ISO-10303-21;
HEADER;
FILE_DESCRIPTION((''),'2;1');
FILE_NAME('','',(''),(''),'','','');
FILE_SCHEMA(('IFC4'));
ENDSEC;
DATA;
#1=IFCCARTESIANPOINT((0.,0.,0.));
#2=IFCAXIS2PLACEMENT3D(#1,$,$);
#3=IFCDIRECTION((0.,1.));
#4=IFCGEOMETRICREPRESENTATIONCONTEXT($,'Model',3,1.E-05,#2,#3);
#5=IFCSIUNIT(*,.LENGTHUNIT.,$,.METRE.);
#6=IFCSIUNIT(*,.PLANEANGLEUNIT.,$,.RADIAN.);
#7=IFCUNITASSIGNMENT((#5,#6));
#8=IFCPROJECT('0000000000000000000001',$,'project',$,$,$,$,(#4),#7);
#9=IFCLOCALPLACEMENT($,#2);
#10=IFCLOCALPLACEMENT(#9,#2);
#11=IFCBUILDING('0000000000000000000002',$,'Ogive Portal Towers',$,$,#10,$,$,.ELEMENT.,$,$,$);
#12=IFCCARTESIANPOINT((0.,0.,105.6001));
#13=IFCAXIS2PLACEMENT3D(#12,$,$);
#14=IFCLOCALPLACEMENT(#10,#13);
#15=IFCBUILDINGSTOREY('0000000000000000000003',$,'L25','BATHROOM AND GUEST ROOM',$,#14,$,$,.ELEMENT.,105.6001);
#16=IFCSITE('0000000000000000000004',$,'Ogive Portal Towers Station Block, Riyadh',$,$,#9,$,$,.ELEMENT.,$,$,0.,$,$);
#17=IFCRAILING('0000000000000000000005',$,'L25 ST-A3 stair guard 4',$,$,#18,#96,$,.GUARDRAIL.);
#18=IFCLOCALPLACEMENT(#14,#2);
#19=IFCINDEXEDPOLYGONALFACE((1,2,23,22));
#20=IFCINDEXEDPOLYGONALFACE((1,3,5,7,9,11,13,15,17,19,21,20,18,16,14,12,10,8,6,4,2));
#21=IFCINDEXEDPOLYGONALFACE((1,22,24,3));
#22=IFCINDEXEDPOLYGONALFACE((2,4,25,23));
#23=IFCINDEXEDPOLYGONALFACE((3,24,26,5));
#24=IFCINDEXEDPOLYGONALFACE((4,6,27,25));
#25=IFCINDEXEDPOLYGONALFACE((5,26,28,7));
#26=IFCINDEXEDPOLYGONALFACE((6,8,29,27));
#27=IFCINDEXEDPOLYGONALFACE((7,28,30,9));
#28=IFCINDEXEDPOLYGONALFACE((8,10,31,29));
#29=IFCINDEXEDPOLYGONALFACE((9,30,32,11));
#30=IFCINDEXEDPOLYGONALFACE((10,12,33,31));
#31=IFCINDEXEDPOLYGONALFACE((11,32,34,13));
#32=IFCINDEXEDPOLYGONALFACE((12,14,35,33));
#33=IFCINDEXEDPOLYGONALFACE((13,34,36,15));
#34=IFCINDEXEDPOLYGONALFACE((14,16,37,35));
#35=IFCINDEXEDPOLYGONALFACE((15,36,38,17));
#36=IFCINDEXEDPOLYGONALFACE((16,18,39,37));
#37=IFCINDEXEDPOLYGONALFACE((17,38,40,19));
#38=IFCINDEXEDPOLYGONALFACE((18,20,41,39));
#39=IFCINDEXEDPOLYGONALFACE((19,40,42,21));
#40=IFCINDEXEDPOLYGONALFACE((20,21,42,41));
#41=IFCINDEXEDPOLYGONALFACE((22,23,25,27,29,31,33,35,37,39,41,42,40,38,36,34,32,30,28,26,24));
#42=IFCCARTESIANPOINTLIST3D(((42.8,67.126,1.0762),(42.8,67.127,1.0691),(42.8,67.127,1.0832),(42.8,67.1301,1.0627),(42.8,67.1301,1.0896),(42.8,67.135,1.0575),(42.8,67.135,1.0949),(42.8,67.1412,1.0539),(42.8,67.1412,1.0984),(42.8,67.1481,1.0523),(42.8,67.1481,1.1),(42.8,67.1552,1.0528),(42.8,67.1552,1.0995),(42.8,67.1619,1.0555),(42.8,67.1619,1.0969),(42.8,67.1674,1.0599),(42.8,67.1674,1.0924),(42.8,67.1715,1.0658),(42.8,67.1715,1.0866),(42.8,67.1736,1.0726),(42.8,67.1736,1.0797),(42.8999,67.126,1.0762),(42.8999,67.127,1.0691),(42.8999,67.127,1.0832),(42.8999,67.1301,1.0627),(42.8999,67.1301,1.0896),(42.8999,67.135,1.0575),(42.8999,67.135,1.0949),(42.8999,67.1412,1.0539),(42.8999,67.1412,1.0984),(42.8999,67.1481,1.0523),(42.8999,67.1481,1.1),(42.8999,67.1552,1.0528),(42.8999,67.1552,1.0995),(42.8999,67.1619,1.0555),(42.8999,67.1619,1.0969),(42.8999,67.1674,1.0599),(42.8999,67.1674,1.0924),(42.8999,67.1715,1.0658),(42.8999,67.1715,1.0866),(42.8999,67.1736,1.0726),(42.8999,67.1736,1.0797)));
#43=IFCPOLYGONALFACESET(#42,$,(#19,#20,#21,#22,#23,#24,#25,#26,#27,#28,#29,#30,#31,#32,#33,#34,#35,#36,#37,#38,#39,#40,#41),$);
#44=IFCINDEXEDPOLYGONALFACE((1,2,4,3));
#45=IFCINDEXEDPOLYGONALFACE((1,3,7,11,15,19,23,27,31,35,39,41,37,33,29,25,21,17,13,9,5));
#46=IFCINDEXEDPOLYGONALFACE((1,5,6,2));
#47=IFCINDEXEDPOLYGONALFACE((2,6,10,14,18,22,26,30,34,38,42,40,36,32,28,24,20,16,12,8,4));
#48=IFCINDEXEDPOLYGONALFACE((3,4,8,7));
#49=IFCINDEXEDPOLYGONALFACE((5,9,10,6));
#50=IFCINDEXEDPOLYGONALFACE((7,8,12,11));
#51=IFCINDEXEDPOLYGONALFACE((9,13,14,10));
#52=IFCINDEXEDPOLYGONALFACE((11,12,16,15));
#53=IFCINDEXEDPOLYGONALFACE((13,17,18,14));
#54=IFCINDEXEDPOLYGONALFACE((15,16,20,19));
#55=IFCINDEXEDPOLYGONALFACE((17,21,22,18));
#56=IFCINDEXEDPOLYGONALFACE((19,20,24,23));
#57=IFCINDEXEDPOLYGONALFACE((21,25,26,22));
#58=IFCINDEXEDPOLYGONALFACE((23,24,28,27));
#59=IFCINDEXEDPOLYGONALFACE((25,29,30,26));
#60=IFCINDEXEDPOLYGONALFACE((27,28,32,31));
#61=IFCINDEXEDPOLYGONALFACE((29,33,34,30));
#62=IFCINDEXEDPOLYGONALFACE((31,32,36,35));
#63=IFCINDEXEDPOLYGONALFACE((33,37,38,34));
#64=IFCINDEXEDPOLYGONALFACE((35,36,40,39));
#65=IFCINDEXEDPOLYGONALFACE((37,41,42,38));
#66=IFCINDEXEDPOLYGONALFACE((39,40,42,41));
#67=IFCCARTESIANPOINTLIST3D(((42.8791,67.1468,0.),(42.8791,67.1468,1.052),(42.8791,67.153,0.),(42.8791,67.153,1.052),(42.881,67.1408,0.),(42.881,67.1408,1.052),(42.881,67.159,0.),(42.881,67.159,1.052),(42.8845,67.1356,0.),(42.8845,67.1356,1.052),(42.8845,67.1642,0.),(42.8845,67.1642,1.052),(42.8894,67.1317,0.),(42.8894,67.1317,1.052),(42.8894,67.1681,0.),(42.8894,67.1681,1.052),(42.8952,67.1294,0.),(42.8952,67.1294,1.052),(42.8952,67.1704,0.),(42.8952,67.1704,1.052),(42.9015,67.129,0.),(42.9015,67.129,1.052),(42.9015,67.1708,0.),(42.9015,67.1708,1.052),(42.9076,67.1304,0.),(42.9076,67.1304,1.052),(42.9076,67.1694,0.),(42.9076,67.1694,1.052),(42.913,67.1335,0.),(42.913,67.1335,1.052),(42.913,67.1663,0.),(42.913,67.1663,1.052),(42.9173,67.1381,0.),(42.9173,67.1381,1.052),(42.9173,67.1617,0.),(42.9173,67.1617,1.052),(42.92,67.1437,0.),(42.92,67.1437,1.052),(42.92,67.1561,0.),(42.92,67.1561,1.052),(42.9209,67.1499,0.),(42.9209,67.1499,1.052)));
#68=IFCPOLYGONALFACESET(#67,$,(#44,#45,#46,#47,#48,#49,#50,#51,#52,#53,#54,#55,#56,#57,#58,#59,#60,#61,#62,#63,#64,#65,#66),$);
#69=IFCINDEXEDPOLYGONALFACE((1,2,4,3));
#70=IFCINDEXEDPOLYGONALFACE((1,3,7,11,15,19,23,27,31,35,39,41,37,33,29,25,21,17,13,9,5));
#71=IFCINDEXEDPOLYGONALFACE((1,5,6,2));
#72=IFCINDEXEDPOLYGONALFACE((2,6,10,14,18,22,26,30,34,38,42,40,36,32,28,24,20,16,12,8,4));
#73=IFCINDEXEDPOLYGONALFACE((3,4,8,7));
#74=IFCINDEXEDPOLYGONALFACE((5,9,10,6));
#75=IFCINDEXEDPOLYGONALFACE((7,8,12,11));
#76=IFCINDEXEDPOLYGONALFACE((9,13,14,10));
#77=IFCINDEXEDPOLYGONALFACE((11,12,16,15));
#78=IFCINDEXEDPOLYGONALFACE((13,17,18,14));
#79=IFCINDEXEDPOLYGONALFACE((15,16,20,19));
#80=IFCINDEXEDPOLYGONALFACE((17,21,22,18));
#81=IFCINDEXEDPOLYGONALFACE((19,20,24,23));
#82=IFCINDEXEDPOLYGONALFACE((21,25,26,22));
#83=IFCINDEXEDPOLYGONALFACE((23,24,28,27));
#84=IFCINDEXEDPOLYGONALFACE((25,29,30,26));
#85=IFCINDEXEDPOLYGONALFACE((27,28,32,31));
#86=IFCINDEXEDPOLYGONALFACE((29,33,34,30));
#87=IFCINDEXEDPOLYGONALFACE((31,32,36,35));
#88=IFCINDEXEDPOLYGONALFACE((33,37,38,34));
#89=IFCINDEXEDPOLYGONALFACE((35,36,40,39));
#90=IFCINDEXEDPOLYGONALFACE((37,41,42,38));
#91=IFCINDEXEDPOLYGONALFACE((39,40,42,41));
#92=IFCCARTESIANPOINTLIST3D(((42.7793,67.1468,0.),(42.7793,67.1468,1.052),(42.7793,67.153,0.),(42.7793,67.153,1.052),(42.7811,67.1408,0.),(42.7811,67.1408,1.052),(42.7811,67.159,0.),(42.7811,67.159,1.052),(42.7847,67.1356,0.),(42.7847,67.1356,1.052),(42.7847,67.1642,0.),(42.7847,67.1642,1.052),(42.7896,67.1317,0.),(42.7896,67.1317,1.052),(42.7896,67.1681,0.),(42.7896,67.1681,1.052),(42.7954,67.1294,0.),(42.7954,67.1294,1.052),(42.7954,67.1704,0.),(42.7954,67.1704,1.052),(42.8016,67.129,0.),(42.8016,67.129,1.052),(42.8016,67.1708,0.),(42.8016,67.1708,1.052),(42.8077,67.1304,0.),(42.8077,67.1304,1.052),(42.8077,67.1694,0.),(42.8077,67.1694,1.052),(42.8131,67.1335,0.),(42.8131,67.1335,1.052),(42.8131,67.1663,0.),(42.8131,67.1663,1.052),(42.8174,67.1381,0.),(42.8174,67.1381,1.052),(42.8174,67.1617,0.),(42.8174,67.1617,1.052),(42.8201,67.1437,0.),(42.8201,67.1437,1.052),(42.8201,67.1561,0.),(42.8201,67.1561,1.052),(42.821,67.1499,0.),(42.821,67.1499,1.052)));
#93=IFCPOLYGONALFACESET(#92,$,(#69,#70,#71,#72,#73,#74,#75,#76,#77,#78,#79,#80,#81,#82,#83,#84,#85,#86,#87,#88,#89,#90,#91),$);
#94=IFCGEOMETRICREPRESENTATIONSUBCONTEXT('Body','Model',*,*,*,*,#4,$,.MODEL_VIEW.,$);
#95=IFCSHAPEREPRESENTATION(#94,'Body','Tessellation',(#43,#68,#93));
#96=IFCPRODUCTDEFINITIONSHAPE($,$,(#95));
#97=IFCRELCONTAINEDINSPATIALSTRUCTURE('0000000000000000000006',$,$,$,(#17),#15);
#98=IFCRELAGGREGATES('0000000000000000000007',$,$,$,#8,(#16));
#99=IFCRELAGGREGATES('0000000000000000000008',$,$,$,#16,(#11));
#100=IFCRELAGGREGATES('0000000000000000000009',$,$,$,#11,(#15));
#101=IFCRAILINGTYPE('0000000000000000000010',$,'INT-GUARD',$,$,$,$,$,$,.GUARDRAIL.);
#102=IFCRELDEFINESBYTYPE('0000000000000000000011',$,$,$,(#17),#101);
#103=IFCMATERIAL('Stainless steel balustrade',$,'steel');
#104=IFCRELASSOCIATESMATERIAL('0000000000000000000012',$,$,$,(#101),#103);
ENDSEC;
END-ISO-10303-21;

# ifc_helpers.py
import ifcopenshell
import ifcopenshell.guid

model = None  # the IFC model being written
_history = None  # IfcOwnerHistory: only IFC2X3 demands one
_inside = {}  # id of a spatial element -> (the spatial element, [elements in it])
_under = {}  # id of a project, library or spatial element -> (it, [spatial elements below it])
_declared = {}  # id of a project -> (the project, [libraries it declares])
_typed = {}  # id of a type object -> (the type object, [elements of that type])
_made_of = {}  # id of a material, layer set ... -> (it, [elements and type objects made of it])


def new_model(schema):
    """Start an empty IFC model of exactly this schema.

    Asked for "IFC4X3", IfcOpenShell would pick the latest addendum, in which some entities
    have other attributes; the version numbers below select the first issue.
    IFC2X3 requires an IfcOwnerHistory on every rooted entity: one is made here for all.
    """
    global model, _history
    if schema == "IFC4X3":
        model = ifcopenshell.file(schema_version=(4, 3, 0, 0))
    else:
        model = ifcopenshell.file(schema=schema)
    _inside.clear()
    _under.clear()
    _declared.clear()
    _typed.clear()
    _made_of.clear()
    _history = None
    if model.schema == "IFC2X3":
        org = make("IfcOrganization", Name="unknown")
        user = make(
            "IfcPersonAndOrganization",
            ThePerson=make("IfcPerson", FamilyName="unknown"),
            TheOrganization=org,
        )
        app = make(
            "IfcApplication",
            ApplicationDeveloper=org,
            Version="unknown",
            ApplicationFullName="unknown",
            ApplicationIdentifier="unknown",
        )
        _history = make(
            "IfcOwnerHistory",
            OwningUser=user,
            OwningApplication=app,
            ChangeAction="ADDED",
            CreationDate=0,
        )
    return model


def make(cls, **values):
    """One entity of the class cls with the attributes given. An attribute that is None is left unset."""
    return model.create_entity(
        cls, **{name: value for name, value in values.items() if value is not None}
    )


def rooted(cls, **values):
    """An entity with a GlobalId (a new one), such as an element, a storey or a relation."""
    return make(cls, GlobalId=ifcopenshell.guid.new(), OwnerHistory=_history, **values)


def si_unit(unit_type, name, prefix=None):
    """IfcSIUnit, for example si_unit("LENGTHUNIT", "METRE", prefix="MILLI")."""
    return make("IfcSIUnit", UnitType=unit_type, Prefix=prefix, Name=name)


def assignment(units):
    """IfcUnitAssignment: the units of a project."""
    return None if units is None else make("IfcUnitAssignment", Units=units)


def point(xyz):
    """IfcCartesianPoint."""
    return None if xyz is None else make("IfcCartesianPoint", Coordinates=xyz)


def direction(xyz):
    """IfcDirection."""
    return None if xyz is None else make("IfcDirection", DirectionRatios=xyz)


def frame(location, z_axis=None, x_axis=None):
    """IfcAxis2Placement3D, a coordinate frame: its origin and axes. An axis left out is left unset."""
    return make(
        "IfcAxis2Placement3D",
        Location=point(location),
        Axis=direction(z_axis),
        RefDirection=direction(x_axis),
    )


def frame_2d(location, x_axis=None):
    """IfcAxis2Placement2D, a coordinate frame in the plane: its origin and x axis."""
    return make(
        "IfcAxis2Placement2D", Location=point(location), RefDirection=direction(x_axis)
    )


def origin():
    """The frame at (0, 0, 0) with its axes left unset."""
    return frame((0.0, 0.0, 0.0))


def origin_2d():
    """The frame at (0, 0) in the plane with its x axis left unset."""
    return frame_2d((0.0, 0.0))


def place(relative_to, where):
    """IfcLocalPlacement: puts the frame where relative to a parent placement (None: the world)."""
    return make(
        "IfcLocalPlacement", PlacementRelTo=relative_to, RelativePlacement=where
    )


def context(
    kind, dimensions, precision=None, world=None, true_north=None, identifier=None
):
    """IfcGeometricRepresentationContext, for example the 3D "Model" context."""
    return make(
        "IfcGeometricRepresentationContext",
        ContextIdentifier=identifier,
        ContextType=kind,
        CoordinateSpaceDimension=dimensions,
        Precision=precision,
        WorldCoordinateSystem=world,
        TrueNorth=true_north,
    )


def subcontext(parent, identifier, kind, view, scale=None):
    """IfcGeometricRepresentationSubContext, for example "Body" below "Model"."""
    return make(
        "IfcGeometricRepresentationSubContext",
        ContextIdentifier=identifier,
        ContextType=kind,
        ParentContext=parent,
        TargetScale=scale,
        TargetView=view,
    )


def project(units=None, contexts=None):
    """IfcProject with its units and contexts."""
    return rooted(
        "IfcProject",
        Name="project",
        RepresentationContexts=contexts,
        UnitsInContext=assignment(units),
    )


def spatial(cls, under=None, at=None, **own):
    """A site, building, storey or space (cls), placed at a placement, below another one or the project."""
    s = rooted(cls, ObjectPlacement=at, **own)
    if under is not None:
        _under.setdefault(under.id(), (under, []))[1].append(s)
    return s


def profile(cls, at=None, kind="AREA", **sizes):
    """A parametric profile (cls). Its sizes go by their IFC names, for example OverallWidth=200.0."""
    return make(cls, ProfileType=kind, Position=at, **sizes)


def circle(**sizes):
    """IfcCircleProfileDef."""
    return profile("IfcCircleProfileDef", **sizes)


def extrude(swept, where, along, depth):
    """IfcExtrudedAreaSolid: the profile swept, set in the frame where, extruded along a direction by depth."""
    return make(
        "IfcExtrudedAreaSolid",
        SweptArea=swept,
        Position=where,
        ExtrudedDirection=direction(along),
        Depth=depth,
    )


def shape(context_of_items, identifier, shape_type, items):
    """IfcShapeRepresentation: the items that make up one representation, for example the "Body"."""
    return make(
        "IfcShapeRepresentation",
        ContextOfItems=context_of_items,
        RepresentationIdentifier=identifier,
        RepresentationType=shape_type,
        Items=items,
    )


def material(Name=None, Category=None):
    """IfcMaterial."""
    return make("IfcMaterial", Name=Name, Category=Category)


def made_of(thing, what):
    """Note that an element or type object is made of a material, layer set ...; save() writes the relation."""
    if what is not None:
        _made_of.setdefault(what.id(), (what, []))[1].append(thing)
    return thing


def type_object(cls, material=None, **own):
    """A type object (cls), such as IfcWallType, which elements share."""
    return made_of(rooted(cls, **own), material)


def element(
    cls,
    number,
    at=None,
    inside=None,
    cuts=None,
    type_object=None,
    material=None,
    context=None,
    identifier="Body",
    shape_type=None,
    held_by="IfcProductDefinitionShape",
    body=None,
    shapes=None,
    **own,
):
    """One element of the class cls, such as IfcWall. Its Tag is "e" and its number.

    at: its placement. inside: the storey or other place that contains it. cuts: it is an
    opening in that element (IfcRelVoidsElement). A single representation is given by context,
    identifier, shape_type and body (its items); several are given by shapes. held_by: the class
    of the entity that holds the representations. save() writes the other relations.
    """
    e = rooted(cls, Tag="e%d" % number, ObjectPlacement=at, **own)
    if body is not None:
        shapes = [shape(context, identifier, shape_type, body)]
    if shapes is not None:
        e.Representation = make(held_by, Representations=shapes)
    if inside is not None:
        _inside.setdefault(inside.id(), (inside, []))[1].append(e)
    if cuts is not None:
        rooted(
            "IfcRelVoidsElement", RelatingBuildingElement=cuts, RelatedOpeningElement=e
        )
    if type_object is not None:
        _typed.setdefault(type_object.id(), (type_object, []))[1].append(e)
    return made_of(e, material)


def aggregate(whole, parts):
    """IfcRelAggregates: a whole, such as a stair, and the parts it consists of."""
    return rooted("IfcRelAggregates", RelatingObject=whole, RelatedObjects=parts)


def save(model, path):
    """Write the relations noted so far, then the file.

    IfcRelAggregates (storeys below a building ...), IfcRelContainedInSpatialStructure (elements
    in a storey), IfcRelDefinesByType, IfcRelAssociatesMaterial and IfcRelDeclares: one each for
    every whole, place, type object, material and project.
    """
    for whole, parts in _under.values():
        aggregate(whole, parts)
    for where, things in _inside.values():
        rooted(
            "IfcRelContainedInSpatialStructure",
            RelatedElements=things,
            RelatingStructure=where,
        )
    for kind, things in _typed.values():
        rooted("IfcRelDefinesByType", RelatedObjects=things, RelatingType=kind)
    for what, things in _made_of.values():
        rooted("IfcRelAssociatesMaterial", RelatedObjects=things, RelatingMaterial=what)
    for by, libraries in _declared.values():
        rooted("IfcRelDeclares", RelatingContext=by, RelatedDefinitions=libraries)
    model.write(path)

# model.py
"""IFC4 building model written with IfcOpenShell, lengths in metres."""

from ifc_helpers import new_model, si_unit, direction, frame, origin, origin_2d, place, context, subcontext, project, spatial, circle, extrude, material, type_object, element, save


model = new_model("IFC4")

# Units and contexts
model_context = context("Model", 3, precision=1e-05, world=origin(), true_north=direction((0.0, 1.0)))
body_context = subcontext(model_context, "Body", "Model", "MODEL_VIEW")
ifc_project = project(units=[si_unit("LENGTHUNIT", "METRE"), si_unit("PLANEANGLEUNIT", "RADIAN")], contexts=[model_context])

# Site, building, storey
site_placement = place(None, origin())
site = spatial("IfcSite", under=ifc_project, at=site_placement, Name="Ogive Portal Towers Station Block, Riyadh", CompositionType="ELEMENT", RefElevation=0.0)
building_placement = place(site_placement, origin())
building = spatial("IfcBuilding", under=site, at=building_placement, Name="Ogive Portal Towers", CompositionType="ELEMENT")
storey_placement = place(building_placement, frame((0.0, 0.0, 105.6001)))
storey = spatial("IfcBuildingStorey", under=building, at=storey_placement, Name="L25", Description="BATHROOM AND GUEST ROOM", CompositionType="ELEMENT", Elevation=105.6001)

# Railing
ifc_material_1 = material(Name="Stainless steel balustrade", Category="steel")
railing_type_1 = type_object("IfcRailingType", Name="INT-GUARD", PredefinedType="GUARDRAIL", material=ifc_material_1)
railing_1_placement = place(storey_placement, frame((42.8999, 67.1499, 0.0)))
element("IfcRailing", 1, at=railing_1_placement, inside=storey, type_object=railing_type_1, Name="L25 ST-A3 stair guard 4", PredefinedType="GUARDRAIL", context=body_context, shape_type="SweptSolid", body=[
    extrude(circle(Radius=0.0239, at=origin_2d()), frame((0.0, 0.0, 1.0762), z_axis=(-1.0, 0.0, 0.0), x_axis=(0.0, -1.0, 0.0)), (0.0, 0.0, 1.0), 0.0999),
    extrude(circle(Radius=0.021, at=origin_2d()), origin(), (0.0, 0.0, 1.0), 1.052),
    extrude(circle(Radius=0.021, at=origin_2d()), frame((-0.0999, 0.0, 0.0)), (0.0, 0.0, 1.0), 1.052),
])

save(model, "model.ifc")
